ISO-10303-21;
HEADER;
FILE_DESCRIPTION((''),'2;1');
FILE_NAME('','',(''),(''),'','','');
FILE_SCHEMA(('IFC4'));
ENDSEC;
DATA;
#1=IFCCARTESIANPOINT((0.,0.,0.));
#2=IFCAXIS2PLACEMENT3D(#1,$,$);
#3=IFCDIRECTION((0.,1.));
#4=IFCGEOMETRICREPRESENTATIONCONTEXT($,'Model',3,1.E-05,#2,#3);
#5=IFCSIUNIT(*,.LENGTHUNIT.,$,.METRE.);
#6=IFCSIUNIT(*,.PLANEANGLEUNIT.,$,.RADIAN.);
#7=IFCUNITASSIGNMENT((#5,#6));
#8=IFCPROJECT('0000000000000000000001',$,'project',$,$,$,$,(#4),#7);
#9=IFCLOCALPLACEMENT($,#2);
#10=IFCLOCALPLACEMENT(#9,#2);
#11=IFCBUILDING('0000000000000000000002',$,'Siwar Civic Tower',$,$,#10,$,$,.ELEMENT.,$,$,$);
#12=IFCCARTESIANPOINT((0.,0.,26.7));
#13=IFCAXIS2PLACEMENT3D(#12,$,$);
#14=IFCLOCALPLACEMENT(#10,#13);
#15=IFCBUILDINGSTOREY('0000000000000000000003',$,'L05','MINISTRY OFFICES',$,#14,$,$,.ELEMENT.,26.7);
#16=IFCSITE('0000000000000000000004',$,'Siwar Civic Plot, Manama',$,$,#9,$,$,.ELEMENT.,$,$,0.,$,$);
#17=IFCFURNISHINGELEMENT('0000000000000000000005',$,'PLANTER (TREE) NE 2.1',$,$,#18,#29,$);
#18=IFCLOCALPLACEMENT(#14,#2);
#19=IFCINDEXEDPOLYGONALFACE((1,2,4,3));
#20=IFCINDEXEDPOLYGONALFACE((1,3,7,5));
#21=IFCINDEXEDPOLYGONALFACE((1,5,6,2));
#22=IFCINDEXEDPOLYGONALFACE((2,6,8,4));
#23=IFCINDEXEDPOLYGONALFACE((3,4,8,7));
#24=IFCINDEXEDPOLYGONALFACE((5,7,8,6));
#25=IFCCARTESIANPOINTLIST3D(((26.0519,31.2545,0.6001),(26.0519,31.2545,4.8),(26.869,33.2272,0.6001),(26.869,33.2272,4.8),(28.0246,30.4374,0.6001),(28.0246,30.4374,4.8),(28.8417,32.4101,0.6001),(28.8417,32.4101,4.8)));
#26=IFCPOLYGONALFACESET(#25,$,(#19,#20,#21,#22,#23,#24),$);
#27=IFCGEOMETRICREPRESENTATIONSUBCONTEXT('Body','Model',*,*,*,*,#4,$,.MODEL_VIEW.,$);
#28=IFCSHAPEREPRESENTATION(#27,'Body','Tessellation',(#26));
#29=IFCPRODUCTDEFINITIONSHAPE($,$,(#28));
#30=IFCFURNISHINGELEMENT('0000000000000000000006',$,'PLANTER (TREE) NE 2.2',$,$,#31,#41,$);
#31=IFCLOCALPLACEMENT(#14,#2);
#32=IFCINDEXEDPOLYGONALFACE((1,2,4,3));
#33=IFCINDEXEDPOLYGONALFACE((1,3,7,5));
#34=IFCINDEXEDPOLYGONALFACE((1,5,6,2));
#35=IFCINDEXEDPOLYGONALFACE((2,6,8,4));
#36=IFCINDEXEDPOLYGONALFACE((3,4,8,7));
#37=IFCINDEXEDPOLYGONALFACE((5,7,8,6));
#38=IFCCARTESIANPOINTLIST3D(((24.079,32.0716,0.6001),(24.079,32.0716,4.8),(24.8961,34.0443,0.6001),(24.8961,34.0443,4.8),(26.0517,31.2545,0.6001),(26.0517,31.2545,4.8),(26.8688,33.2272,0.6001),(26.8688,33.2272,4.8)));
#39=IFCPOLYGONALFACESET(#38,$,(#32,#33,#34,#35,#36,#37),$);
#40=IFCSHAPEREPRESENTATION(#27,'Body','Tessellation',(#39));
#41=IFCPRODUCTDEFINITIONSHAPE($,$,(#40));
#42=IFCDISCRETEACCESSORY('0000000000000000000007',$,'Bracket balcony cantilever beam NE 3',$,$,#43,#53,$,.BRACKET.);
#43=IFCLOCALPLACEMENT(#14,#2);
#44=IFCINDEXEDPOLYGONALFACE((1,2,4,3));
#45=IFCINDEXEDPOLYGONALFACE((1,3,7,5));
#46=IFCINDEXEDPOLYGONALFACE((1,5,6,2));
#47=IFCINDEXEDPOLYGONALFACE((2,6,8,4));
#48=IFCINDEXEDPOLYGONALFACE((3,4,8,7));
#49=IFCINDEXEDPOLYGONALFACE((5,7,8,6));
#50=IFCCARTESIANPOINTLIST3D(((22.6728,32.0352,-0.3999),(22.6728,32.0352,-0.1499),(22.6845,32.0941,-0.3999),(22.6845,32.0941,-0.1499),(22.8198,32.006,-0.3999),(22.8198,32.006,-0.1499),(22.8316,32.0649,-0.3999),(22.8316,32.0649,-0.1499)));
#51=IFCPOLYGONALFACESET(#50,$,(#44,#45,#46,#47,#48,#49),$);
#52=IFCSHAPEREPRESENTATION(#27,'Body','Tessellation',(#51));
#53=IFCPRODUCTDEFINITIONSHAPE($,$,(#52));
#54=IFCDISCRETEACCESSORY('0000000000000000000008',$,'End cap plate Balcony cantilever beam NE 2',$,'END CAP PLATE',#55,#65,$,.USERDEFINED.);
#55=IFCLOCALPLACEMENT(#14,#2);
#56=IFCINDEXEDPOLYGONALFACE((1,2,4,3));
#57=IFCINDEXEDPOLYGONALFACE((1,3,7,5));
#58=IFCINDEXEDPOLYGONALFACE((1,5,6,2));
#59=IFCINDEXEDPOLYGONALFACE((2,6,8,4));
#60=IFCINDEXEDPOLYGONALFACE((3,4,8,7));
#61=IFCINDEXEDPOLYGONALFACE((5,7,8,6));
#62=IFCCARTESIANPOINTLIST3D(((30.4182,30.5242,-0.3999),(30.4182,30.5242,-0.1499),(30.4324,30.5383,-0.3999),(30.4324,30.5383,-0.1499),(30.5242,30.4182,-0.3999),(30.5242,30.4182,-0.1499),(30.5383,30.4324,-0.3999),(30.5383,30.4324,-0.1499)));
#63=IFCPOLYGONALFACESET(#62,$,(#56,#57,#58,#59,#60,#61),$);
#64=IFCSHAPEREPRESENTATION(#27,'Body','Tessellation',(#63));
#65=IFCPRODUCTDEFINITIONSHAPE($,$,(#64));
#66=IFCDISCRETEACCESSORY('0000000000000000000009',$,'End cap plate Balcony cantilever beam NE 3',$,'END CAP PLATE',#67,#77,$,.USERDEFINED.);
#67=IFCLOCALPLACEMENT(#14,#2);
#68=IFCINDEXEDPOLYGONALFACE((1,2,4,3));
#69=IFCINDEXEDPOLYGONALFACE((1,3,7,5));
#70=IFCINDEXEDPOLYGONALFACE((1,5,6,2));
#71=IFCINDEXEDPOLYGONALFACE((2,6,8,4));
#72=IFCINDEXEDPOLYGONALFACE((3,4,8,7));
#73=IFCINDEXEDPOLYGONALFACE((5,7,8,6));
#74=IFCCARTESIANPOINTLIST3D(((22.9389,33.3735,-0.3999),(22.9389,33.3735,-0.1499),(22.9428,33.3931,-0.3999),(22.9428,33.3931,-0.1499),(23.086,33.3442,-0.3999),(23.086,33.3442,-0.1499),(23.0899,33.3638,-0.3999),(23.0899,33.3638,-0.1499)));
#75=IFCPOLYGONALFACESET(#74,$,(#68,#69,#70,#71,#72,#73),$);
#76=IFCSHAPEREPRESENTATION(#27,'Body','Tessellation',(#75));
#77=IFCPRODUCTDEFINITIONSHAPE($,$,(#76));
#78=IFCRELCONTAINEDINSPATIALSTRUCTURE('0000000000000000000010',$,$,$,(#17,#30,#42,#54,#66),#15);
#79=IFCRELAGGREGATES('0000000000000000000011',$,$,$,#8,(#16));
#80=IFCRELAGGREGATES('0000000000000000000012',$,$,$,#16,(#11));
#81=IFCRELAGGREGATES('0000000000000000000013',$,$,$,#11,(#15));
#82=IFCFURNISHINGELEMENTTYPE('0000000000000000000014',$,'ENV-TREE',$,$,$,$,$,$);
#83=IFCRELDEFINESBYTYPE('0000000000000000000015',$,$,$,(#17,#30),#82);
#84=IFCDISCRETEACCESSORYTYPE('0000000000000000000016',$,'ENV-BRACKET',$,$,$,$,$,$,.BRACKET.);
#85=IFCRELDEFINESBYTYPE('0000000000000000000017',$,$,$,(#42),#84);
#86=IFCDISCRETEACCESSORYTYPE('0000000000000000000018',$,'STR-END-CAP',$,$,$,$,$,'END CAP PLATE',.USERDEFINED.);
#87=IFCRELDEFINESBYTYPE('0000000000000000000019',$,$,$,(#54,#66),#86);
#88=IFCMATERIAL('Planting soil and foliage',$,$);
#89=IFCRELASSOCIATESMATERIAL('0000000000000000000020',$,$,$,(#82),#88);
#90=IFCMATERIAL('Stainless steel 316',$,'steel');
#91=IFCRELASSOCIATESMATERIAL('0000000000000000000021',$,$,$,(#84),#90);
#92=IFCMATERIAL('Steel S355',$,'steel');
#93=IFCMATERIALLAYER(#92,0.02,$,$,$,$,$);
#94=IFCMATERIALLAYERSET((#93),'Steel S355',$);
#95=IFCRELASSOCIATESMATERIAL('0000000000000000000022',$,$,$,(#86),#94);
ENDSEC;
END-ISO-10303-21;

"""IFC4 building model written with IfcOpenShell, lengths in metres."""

from ifc_helpers import new_model, si_unit, direction, frame, origin, origin_2d, place, context, subcontext, project, spatial, rectangle, extrude, material, layer, layer_set, type_object, element, save


model = new_model("IFC4")

# Units and contexts
model_context = context("Model", 3, precision=1e-05, world=origin(), true_north=direction((0.0, 1.0)))
body_context = subcontext(model_context, "Body", "Model", "MODEL_VIEW")
ifc_project = project(units=[si_unit("LENGTHUNIT", "METRE"), si_unit("PLANEANGLEUNIT", "RADIAN")], contexts=[model_context])

# Site, building, storey
site_placement = place(None, origin())
site = spatial("IfcSite", under=ifc_project, at=site_placement, Name="Siwar Civic Plot, Manama", CompositionType="ELEMENT", RefElevation=0.0)
building_placement = place(site_placement, origin())
building = spatial("IfcBuilding", under=site, at=building_placement, Name="Siwar Civic Tower", CompositionType="ELEMENT")
storey_placement = place(building_placement, frame((0.0, 0.0, 26.7)))
storey = spatial("IfcBuildingStorey", under=building, at=storey_placement, Name="L05", Description="MINISTRY OFFICES", CompositionType="ELEMENT", Elevation=26.7)

# Furnishing elements
ifc_material_1 = material(Name="Planting soil and foliage")
furnishing_element_type_1 = type_object("IfcFurnishingElementType", Name="ENV-TREE", material=ifc_material_1)
for number, where, z_axis, x_axis, name in (
    (1, (27.4468, 31.8323, 0.6001), (0.0, 0.0, 1.0), (-0.92388, 0.382683, 0.0), "PLANTER (TREE) NE 2.1"),
    (2, (25.4739, 32.6494, 0.6001), (0.0, 0.0, 1.0), (-0.92388, 0.382683, 0.0), "PLANTER (TREE) NE 2.2"),
):
    element("IfcFurnishingElement", number, at=place(storey_placement, frame(where, z_axis=z_axis, x_axis=x_axis)), inside=storey, type_object=furnishing_element_type_1, Name=name, context=body_context, shape_type="SweptSolid", body=[
        extrude(rectangle(XDim=2.1353, YDim=2.1353, at=origin_2d()), origin(), (0.0, 0.0, 1.0), 4.2),
    ])

# Discrete accessories
ifc_material_2 = material(Name="Stainless steel 316", Category="steel")
discrete_accessory_type_1 = type_object("IfcDiscreteAccessoryType", Name="ENV-BRACKET", PredefinedType="BRACKET", material=ifc_material_2)
discrete_accessory_placement = place(storey_placement, frame((22.7522, 32.05, -0.3999), z_axis=(0.0, 0.0, 1.0), x_axis=(0.19509, 0.980785, 0.0)))
element("IfcDiscreteAccessory", 3, at=discrete_accessory_placement, inside=storey, type_object=discrete_accessory_type_1, Name="Bracket balcony cantilever beam NE 3", PredefinedType="BRACKET", context=body_context, shape_type="SweptSolid", body=[
    extrude(rectangle(XDim=0.0601, YDim=0.1499, at=origin_2d()), origin(), (0.0, 0.0, 1.0), 0.25),
])
ifc_material_3 = material(Name="Steel S355", Category="steel")
ifc_layer_1 = layer(ifc_material_3, 0.02)
ifc_layer_set_1 = layer_set([ifc_layer_1], Name="Steel S355")
discrete_accessory_type_2 = type_object("IfcDiscreteAccessoryType", Name="STR-END-CAP", ElementType="END CAP PLATE", PredefinedType="USERDEFINED", material=ifc_layer_set_1)
for number, where, z_axis, x_axis, name in (
    (4, (30.4783, 30.4783, -0.3999), (0.0, 0.0, 1.0), (0.707107, 0.707107, 0.0), "End cap plate Balcony cantilever beam NE 2"),
    (5, (23.0144, 33.3687, -0.3999), (0.0, 0.0, 1.0), (0.19509, 0.980785, 0.0), "End cap plate Balcony cantilever beam NE 3"),
):
    element("IfcDiscreteAccessory", number, at=place(storey_placement, frame(where, z_axis=z_axis, x_axis=x_axis)), inside=storey, type_object=discrete_accessory_type_2, Name=name, ObjectType="END CAP PLATE", PredefinedType="USERDEFINED", context=body_context, shape_type="SweptSolid", body=[
        extrude(rectangle(XDim=0.02, YDim=0.1499, at=origin_2d()), origin(), (0.0, 0.0, 1.0), 0.25),
    ])

save(model, "model.ifc")
